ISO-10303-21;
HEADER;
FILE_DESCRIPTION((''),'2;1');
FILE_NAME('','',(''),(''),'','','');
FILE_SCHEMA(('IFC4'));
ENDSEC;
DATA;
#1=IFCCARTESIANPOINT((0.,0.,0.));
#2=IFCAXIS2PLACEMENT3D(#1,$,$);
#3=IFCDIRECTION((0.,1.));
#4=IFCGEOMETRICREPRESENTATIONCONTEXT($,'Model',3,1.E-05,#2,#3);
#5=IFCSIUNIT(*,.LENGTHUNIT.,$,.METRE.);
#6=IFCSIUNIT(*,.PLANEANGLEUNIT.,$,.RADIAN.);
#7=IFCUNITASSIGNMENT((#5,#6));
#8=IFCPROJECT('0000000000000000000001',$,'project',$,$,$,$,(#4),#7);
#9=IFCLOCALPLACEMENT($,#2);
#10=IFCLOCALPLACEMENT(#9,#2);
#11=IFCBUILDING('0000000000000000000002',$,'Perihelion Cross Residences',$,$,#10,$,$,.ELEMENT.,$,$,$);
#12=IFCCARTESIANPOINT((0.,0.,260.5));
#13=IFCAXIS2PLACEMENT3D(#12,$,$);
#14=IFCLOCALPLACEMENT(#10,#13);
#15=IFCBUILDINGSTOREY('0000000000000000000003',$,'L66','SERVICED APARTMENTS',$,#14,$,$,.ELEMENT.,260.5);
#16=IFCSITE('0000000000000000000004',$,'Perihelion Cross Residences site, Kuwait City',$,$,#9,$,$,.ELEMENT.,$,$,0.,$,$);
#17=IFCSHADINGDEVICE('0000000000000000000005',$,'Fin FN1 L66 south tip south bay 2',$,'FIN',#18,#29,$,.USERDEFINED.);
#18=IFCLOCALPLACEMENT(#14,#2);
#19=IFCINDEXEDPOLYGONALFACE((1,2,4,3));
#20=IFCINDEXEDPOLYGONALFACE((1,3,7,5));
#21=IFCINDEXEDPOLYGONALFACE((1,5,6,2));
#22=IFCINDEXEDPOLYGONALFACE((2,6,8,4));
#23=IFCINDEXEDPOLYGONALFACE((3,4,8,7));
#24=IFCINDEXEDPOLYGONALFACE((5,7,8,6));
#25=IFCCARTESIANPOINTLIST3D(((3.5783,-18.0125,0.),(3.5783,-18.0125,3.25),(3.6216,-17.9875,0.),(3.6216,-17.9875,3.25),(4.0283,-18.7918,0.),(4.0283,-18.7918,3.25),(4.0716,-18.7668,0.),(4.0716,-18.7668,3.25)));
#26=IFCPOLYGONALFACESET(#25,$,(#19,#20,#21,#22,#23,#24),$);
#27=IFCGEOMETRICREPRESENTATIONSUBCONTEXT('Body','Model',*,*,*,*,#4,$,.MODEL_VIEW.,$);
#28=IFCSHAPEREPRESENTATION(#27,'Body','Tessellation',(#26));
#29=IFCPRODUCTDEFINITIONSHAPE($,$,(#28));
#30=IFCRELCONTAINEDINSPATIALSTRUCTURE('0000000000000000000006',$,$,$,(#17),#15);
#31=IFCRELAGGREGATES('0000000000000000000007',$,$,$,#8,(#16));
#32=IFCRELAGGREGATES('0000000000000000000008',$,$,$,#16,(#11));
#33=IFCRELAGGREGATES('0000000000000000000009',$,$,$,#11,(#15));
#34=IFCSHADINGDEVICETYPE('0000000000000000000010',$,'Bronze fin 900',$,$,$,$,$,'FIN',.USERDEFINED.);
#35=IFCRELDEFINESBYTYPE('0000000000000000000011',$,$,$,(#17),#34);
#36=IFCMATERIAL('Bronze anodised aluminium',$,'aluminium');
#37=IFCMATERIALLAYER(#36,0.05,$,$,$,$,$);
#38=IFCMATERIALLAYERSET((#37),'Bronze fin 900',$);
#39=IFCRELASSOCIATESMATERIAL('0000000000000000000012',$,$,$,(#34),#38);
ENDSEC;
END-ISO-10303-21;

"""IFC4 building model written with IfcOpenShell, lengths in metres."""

from ifc_helpers import new_model, si_unit, direction, frame, origin, origin_2d, place, context, subcontext, project, spatial, rectangle, extrude, material, layer, layer_set, type_object, element, save


model = new_model("IFC4")

# Units and contexts
model_context = context("Model", 3, precision=1e-05, world=origin(), true_north=direction((0.0, 1.0)))
body_context = subcontext(model_context, "Body", "Model", "MODEL_VIEW")
ifc_project = project(units=[si_unit("LENGTHUNIT", "METRE"), si_unit("PLANEANGLEUNIT", "RADIAN")], contexts=[model_context])

# Site, building, storey
site_placement = place(None, origin())
site = spatial("IfcSite", under=ifc_project, at=site_placement, Name="Perihelion Cross Residences site, Kuwait City", CompositionType="ELEMENT", RefElevation=0.0)
building_placement = place(site_placement, origin())
building = spatial("IfcBuilding", under=site, at=building_placement, Name="Perihelion Cross Residences", CompositionType="ELEMENT")
storey_placement = place(building_placement, frame((0.0, 0.0, 260.5)))
storey = spatial("IfcBuildingStorey", under=building, at=storey_placement, Name="L66", Description="SERVICED APARTMENTS", CompositionType="ELEMENT", Elevation=260.5)

# Shading device
ifc_material_1 = material(Name="Bronze anodised aluminium", Category="aluminium")
ifc_layer_1 = layer(ifc_material_1, 0.05)
ifc_layer_set_1 = layer_set([ifc_layer_1], Name="Bronze fin 900")
shading_device_type = type_object("IfcShadingDeviceType", Name="Bronze fin 900", ElementType="FIN", PredefinedType="USERDEFINED", material=ifc_layer_set_1)
shading_device_placement = place(storey_placement, frame((3.825, -18.3896, 0.0), z_axis=(0.0, 0.0, 1.0), x_axis=(0.5, -0.866025, 0.0)))
element("IfcShadingDevice", 1, at=shading_device_placement, inside=storey, type_object=shading_device_type, Name="Fin FN1 L66 south tip south bay 2", ObjectType="FIN", PredefinedType="USERDEFINED", context=body_context, shape_type="SweptSolid", body=[
    extrude(rectangle(XDim=0.8999, YDim=0.05, at=origin_2d()), origin(), (0.0, 0.0, 1.0), 3.25),
])

save(model, "model.ifc")
